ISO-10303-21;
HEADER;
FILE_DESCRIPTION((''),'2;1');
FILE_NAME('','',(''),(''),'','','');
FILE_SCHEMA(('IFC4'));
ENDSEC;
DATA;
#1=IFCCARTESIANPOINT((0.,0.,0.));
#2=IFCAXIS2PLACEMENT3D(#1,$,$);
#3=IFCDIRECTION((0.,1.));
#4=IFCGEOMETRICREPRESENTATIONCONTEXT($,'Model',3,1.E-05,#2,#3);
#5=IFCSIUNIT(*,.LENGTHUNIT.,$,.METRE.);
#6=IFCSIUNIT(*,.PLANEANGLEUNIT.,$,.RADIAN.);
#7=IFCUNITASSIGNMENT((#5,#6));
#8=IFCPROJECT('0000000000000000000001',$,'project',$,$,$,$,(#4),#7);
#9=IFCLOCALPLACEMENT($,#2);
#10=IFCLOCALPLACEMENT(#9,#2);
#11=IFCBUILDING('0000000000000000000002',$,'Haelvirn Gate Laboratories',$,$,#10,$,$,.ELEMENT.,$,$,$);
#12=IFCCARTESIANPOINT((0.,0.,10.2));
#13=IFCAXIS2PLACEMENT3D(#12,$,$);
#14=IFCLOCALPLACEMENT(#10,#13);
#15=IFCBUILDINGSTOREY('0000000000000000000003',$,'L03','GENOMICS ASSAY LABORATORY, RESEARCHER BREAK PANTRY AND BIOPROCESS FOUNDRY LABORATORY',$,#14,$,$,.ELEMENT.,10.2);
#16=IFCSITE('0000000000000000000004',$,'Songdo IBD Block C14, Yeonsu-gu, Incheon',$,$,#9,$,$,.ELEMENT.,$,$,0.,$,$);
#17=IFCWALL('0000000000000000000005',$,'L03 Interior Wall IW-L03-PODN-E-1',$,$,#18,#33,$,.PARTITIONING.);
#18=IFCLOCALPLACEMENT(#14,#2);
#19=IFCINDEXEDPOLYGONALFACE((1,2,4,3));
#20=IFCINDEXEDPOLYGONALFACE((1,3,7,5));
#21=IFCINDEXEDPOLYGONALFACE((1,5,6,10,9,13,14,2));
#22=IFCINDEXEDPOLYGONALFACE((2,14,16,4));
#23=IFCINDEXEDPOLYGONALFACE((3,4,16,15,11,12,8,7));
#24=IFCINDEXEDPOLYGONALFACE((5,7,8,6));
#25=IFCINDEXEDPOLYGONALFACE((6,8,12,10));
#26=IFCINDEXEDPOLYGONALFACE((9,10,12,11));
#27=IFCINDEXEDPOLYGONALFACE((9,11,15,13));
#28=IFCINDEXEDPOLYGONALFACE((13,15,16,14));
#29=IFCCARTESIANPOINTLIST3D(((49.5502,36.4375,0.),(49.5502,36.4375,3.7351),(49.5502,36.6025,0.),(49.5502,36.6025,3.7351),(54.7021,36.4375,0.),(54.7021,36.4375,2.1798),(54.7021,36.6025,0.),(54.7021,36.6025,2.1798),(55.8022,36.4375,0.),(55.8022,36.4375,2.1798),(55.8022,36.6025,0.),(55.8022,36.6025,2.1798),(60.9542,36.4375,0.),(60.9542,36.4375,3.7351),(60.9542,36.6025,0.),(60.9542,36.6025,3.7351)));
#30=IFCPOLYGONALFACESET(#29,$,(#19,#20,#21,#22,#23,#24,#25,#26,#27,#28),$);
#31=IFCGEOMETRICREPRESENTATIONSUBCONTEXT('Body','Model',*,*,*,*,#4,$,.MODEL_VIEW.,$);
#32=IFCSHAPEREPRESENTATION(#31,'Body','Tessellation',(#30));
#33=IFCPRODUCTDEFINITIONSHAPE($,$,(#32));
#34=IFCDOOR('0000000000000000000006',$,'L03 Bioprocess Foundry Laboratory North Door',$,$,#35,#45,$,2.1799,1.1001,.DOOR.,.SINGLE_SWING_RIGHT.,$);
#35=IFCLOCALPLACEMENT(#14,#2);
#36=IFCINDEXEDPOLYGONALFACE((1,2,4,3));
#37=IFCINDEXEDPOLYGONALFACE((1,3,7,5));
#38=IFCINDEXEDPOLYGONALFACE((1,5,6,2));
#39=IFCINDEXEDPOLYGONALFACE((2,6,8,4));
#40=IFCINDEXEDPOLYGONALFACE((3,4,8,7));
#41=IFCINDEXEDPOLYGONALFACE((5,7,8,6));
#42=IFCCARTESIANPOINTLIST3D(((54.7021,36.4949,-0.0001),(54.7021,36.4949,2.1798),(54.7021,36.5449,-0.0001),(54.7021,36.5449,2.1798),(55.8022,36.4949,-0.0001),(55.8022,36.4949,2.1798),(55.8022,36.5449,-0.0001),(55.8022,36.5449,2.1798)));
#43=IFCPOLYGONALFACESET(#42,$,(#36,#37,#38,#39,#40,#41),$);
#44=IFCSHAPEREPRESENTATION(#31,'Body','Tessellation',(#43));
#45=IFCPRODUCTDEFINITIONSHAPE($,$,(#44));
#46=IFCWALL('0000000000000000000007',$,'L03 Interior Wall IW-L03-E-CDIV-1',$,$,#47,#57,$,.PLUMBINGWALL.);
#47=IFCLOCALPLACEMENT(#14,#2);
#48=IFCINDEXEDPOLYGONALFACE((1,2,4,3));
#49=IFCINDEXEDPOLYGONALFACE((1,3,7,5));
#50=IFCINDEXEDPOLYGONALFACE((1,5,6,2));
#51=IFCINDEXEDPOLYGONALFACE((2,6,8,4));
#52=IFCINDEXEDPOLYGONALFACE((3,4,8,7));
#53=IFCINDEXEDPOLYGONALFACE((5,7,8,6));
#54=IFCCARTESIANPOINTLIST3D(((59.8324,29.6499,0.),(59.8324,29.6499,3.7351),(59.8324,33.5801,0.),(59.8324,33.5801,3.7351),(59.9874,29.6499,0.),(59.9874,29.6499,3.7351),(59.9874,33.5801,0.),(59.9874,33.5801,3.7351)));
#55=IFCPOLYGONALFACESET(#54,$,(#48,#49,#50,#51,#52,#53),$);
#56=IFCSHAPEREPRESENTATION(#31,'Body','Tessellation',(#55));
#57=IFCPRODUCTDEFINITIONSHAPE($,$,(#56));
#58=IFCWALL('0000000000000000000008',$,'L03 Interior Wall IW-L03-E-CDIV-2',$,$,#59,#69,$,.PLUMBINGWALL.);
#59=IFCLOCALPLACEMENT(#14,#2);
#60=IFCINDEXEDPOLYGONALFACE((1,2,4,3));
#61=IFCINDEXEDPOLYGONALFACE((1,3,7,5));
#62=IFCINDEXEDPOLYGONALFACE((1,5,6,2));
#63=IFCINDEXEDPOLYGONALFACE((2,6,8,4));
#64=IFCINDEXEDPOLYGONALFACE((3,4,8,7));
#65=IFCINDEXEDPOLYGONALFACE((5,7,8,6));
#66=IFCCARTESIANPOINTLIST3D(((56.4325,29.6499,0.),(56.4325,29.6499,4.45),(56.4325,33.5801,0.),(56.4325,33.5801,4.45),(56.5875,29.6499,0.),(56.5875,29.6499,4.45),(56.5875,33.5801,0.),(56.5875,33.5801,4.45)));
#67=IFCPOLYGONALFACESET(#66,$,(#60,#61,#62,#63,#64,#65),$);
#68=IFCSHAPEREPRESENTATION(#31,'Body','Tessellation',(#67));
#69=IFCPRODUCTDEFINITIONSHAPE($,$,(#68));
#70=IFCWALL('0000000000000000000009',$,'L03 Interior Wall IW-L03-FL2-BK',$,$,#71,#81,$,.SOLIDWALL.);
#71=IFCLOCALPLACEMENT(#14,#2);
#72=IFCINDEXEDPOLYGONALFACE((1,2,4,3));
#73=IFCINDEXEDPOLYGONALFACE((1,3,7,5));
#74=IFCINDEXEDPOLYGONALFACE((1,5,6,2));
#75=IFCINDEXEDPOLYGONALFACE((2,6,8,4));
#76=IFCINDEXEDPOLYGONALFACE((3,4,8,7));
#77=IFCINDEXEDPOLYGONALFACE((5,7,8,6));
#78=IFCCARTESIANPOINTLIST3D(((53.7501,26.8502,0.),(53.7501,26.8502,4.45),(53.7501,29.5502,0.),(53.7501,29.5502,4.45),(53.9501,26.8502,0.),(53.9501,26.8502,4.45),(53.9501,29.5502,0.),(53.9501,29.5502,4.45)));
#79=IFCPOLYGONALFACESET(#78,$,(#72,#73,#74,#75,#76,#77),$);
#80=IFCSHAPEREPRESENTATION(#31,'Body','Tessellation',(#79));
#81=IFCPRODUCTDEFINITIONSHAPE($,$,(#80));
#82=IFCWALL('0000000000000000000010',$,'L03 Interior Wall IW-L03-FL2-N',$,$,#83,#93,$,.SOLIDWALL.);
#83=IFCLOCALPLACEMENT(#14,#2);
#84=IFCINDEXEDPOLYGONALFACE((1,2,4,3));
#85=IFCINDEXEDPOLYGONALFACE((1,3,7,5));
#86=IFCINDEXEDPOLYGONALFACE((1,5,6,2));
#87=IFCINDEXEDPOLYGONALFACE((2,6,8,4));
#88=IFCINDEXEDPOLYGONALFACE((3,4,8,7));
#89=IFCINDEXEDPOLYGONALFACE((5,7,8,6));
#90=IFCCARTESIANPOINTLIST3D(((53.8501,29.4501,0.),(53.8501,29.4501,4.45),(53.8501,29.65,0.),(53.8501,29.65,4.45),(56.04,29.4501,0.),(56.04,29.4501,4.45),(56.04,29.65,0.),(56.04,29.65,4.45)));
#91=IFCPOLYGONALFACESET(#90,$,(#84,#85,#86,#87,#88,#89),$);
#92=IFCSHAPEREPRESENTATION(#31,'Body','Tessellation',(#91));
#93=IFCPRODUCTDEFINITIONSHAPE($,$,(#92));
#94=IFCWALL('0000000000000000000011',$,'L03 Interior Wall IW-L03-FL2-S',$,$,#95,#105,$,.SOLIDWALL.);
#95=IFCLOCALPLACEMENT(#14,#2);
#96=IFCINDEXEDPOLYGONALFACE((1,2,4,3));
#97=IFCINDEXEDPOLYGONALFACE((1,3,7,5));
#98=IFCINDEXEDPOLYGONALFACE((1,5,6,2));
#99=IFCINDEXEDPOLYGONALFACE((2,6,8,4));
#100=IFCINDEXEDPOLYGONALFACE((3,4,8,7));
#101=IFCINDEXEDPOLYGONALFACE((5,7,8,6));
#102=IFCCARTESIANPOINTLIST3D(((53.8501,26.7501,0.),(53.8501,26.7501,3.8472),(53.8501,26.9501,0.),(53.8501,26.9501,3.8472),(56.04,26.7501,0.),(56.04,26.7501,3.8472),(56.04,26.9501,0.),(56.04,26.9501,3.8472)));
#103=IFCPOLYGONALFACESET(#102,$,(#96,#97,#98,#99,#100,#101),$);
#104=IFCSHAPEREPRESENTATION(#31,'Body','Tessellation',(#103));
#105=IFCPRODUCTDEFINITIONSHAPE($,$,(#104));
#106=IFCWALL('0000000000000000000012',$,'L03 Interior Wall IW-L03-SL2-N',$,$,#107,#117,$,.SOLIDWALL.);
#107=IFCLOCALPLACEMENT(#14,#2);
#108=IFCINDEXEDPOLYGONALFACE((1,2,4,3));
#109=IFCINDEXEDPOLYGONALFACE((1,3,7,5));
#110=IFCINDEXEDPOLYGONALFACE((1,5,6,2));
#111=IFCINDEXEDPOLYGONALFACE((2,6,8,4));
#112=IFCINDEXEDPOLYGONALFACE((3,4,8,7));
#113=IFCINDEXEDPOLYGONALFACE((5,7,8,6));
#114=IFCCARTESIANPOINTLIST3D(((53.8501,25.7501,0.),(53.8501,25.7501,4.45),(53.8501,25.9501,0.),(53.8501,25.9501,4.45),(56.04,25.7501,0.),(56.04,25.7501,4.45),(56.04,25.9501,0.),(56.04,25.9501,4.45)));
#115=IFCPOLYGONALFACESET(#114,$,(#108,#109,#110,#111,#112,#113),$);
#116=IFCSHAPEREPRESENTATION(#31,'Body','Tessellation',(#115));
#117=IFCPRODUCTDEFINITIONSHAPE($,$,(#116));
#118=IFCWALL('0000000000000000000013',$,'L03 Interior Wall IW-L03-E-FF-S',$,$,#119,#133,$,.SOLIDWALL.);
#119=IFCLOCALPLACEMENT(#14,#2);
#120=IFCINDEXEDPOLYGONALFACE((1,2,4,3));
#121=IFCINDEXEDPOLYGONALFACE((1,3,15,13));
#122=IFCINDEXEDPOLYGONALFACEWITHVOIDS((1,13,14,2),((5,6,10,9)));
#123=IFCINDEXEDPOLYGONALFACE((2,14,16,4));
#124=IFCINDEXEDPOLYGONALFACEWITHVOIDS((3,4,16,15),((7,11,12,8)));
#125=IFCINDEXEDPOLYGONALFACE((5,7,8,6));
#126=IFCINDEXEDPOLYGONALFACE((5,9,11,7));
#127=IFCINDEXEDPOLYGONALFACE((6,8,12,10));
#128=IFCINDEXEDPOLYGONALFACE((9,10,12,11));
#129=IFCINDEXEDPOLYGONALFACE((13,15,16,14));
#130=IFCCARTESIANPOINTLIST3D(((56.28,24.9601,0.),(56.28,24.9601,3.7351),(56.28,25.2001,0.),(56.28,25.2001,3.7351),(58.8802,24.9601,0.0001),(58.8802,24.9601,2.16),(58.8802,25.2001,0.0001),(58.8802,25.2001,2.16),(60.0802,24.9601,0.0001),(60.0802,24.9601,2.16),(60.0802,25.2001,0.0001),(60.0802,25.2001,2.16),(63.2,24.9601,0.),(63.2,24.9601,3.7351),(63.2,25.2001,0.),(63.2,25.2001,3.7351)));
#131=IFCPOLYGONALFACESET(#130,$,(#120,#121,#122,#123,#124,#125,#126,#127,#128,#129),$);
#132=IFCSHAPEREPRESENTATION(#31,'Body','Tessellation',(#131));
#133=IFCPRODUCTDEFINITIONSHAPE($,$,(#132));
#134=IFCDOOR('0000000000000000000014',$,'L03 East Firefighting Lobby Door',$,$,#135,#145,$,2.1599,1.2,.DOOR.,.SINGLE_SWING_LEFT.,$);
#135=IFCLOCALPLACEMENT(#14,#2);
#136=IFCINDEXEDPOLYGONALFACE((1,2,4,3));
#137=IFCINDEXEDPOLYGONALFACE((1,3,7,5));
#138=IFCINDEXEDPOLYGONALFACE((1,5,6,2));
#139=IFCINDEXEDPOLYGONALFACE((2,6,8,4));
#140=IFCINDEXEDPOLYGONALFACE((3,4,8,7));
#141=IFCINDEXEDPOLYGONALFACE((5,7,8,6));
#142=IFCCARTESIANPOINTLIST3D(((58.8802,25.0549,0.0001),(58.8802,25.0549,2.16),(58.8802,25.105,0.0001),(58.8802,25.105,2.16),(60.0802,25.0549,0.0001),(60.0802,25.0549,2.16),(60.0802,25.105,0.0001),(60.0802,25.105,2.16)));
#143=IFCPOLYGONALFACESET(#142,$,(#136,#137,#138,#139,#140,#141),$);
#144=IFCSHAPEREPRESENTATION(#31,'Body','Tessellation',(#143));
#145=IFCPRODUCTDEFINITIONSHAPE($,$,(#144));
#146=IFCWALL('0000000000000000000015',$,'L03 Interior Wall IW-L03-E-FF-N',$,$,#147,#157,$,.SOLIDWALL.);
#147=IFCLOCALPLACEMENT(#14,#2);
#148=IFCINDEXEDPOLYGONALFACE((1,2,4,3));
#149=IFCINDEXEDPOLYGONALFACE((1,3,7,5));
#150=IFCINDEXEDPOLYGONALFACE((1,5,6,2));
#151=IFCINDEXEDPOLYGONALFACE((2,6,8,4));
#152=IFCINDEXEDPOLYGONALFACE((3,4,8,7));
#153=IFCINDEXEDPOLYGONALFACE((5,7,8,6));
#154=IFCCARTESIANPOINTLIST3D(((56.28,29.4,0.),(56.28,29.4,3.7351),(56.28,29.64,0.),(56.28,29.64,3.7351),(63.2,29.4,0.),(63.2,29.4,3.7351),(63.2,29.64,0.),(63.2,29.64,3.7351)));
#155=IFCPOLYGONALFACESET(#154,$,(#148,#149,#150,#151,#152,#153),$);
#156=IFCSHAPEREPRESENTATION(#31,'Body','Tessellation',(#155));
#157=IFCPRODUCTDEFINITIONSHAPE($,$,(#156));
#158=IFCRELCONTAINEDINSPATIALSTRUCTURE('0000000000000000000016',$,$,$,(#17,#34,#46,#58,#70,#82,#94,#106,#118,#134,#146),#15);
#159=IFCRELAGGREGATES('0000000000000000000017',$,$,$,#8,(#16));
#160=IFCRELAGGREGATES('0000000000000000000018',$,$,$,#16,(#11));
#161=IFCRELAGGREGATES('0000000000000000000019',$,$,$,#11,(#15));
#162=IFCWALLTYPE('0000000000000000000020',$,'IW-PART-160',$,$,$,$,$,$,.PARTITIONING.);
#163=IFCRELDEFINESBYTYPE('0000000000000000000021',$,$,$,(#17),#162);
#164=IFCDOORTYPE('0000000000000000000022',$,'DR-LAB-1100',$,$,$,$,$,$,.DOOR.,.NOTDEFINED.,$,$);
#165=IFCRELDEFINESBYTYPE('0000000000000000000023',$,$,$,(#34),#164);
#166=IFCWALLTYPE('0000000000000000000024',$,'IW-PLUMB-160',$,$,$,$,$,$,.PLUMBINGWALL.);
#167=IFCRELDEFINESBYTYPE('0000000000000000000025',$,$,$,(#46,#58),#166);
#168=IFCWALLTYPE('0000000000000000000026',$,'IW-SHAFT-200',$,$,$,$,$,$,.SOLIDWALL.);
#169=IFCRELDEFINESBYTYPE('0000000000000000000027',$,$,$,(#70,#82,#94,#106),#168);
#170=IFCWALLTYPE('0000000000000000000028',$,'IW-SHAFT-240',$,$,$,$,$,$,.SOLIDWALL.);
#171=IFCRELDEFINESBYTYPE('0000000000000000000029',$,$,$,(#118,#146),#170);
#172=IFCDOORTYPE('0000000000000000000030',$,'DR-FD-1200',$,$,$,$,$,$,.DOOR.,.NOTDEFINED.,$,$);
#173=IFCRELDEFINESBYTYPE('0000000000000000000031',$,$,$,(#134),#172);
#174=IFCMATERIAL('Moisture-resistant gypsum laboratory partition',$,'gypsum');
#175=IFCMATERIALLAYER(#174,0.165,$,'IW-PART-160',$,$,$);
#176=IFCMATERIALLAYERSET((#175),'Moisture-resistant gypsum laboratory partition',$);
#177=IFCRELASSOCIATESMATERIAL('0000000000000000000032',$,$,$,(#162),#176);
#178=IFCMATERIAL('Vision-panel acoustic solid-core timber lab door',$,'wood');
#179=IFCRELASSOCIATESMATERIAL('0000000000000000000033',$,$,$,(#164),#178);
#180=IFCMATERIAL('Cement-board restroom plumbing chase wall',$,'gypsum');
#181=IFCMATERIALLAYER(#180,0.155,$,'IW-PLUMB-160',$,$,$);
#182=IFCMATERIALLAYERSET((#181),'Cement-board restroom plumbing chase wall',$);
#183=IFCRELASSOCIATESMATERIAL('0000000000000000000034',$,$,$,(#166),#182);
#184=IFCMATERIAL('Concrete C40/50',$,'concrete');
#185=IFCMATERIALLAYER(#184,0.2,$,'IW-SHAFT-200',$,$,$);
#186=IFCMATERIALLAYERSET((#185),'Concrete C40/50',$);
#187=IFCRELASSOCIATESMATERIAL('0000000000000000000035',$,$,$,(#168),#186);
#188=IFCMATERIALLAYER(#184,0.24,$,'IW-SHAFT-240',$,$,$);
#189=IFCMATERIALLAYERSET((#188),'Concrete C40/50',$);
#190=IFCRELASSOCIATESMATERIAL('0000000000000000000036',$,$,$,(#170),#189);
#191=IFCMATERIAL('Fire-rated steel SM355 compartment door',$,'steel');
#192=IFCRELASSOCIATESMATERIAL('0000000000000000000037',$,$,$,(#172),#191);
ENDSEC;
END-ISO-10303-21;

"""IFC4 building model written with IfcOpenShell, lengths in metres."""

from ifc_helpers import new_model, si_unit, direction, frame, frame_2d, origin, place, context, subcontext, project, spatial, rectangle, extrude, source, transform, mapped, material, layer, layer_set, type_object, type_shapes, element, fill, save


model = new_model("IFC4")

# Units and contexts
model_context = context("Model", 3, precision=1e-05, world=origin(), true_north=direction((0.0, 1.0)))
body_context = subcontext(model_context, "Body", "Model", "MODEL_VIEW")
ifc_project = project(units=[si_unit("LENGTHUNIT", "METRE"), si_unit("PLANEANGLEUNIT", "RADIAN")], contexts=[model_context])

# Site, building, storey
site_placement = place(None, origin())
site = spatial("IfcSite", under=ifc_project, at=site_placement, Name="Songdo IBD Block C14, Yeonsu-gu, Incheon", CompositionType="ELEMENT", RefElevation=0.0)
building_placement = place(site_placement, origin())
building = spatial("IfcBuilding", under=site, at=building_placement, Name="Haelvirn Gate Laboratories", CompositionType="ELEMENT")
storey_placement = place(building_placement, frame((0.0, 0.0, 10.2)))
storey = spatial("IfcBuildingStorey", under=building, at=storey_placement, Name="L03", Description="GENOMICS ASSAY LABORATORY, RESEARCHER BREAK PANTRY AND BIOPROCESS FOUNDRY LABORATORY", CompositionType="ELEMENT", Elevation=10.2)

# Wall, opening, door
ifc_material_1 = material(Name="Moisture-resistant gypsum laboratory partition", Category="gypsum")
ifc_layer_1 = layer(ifc_material_1, 0.165, Name="IW-PART-160")
ifc_layer_set_1 = layer_set([ifc_layer_1], Name="Moisture-resistant gypsum laboratory partition")
wall_type_1 = type_object("IfcWallType", Name="IW-PART-160", PredefinedType="PARTITIONING", material=ifc_layer_set_1)
wall_1_placement = place(storey_placement, frame((49.55, 36.52, 0.0), z_axis=(0.0, 0.0, 1.0), x_axis=(1.0, 0.0, 0.0)))
wall_1 = element("IfcWall", 1, at=wall_1_placement, inside=storey, type_object=wall_type_1, Name="L03 Interior Wall IW-L03-PODN-E-1", PredefinedType="PARTITIONING", context=body_context, shape_type="SweptSolid", body=[
    extrude(rectangle(XDim=11.4041, YDim=0.165, at=frame_2d((5.7021, 0.0))), origin(), (0.0, 0.0, 1.0), 3.7351),
])
opening_1_placement = place(wall_1_placement, frame((5.1521, 0.0, 0.0)))
opening_1 = element("IfcOpeningElement", 2, at=opening_1_placement, cuts=wall_1, PredefinedType="OPENING", context=body_context, shape_type="SweptSolid", body=[
    extrude(rectangle(XDim=1.1001, YDim=2.1799, at=frame_2d((0.55, 1.0898))), frame((0.0, 0.0925, 0.0), z_axis=(0.0, -1.0, 0.0), x_axis=(1.0, 0.0, 0.0)), (0.0, 0.0, 1.0), 0.1851),
])
ifc_material_2 = material(Name="Vision-panel acoustic solid-core timber lab door", Category="wood")
door_type_1 = type_object("IfcDoorType", Name="DR-LAB-1100", OperationType="NOTDEFINED", PredefinedType="DOOR", material=ifc_material_2)
shared_shape_1 = source(origin(), body_context, "Body", "SweptSolid", [
    extrude(rectangle(XDim=1.1001, YDim=2.1799, at=frame_2d((0.55, 1.0898))), frame((0.0, 0.0249, 0.0), z_axis=(0.0, -1.0, 0.0), x_axis=(1.0, 0.0, 0.0)), (0.0, 0.0, 1.0), 0.05),
])
type_shapes(door_type_1, [shared_shape_1])
door_1_placement = place(opening_1_placement, origin())
door_1 = element("IfcDoor", 3, at=door_1_placement, inside=storey, type_object=door_type_1, Name="L03 Bioprocess Foundry Laboratory North Door", OperationType="SINGLE_SWING_RIGHT", OverallHeight=2.1799, OverallWidth=1.1001, PredefinedType="DOOR", context=body_context, shape_type="MappedRepresentation", body=[
    mapped(shared_shape_1, transform((0.0, 0.0, 0.0), scale=1.0)),
])
fill(opening_1, door_1)

# Walls
ifc_material_3 = material(Name="Cement-board restroom plumbing chase wall", Category="gypsum")
ifc_layer_2 = layer(ifc_material_3, 0.155, Name="IW-PLUMB-160")
ifc_layer_set_2 = layer_set([ifc_layer_2], Name="Cement-board restroom plumbing chase wall")
wall_type_2 = type_object("IfcWallType", Name="IW-PLUMB-160", PredefinedType="PLUMBINGWALL", material=ifc_layer_set_2)
wall_2_placement = place(storey_placement, frame((59.9099, 29.6499, 0.0), z_axis=(0.0, 0.0, 1.0), x_axis=(0.0, 1.0, 0.0)))
element("IfcWall", 4, at=wall_2_placement, inside=storey, type_object=wall_type_2, Name="L03 Interior Wall IW-L03-E-CDIV-1", PredefinedType="PLUMBINGWALL", context=body_context, shape_type="SweptSolid", body=[
    extrude(rectangle(XDim=3.9302, YDim=0.155, at=frame_2d((1.9651, 0.0))), origin(), (0.0, 0.0, 1.0), 3.7351),
])
wall_3_placement = place(storey_placement, frame((56.51, 29.6499, 0.0), z_axis=(0.0, 0.0, 1.0), x_axis=(0.0, 1.0, 0.0)))
element("IfcWall", 5, at=wall_3_placement, inside=storey, type_object=wall_type_2, Name="L03 Interior Wall IW-L03-E-CDIV-2", PredefinedType="PLUMBINGWALL", context=body_context, shape_type="SweptSolid", body=[
    extrude(rectangle(XDim=3.9302, YDim=0.155, at=frame_2d((1.9651, 0.0))), origin(), (0.0, 0.0, 1.0), 4.45),
])
ifc_material_4 = material(Name="Concrete C40/50", Category="concrete")
ifc_layer_3 = layer(ifc_material_4, 0.2, Name="IW-SHAFT-200")
ifc_layer_set_3 = layer_set([ifc_layer_3], Name="Concrete C40/50")
wall_type_3 = type_object("IfcWallType", Name="IW-SHAFT-200", PredefinedType="SOLIDWALL", material=ifc_layer_set_3)
wall_4_placement = place(storey_placement, frame((53.8501, 26.8501, 0.0), z_axis=(0.0, 0.0, 1.0), x_axis=(0.0, 1.0, 0.0)))
element("IfcWall", 6, at=wall_4_placement, inside=storey, type_object=wall_type_3, Name="L03 Interior Wall IW-L03-FL2-BK", PredefinedType="SOLIDWALL", context=body_context, shape_type="SweptSolid", body=[
    extrude(rectangle(XDim=2.7, YDim=0.2, at=frame_2d((1.3501, 0.0))), origin(), (0.0, 0.0, 1.0), 4.45),
])
wall_5_placement = place(storey_placement, frame((53.8501, 29.55, 0.0), z_axis=(0.0, 0.0, 1.0), x_axis=(1.0, 0.0, 0.0)))
element("IfcWall", 7, at=wall_5_placement, inside=storey, type_object=wall_type_3, Name="L03 Interior Wall IW-L03-FL2-N", PredefinedType="SOLIDWALL", context=body_context, shape_type="SweptSolid", body=[
    extrude(rectangle(XDim=2.1899, YDim=0.2, at=frame_2d((1.095, 0.0))), origin(), (0.0, 0.0, 1.0), 4.45),
])
wall_6_placement = place(storey_placement, frame((53.8501, 26.8501, 0.0), z_axis=(0.0, 0.0, 1.0), x_axis=(1.0, 0.0, 0.0)))
element("IfcWall", 8, at=wall_6_placement, inside=storey, type_object=wall_type_3, Name="L03 Interior Wall IW-L03-FL2-S", PredefinedType="SOLIDWALL", context=body_context, shape_type="SweptSolid", body=[
    extrude(rectangle(XDim=2.1899, YDim=0.2, at=frame_2d((1.095, 0.0))), origin(), (0.0, 0.0, 1.0), 3.8472),
])
wall_7_placement = place(storey_placement, frame((53.8501, 25.8501, 0.0), z_axis=(0.0, 0.0, 1.0), x_axis=(1.0, 0.0, 0.0)))
element("IfcWall", 9, at=wall_7_placement, inside=storey, type_object=wall_type_3, Name="L03 Interior Wall IW-L03-SL2-N", PredefinedType="SOLIDWALL", context=body_context, shape_type="SweptSolid", body=[
    extrude(rectangle(XDim=2.1899, YDim=0.2, at=frame_2d((1.095, 0.0))), origin(), (0.0, 0.0, 1.0), 4.45),
])

# Wall, opening, door
ifc_layer_4 = layer(ifc_material_4, 0.24, Name="IW-SHAFT-240")
ifc_layer_set_4 = layer_set([ifc_layer_4], Name="Concrete C40/50")
wall_type_4 = type_object("IfcWallType", Name="IW-SHAFT-240", PredefinedType="SOLIDWALL", material=ifc_layer_set_4)
wall_8_placement = place(storey_placement, frame((56.28, 25.0801, 0.0), z_axis=(0.0, 0.0, 1.0), x_axis=(1.0, 0.0, 0.0)))
wall_8 = element("IfcWall", 10, at=wall_8_placement, inside=storey, type_object=wall_type_4, Name="L03 Interior Wall IW-L03-E-FF-S", PredefinedType="SOLIDWALL", context=body_context, shape_type="SweptSolid", body=[
    extrude(rectangle(XDim=6.9199, YDim=0.24, at=frame_2d((3.46, 0.0))), origin(), (0.0, 0.0, 1.0), 3.7351),
])
opening_2_placement = place(wall_8_placement, frame((2.6001, 0.0, 0.0)))
opening_2 = element("IfcOpeningElement", 11, at=opening_2_placement, cuts=wall_8, PredefinedType="OPENING", context=body_context, shape_type="SweptSolid", body=[
    extrude(rectangle(XDim=1.2, YDim=2.1599, at=frame_2d((0.6001, 1.0801))), frame((0.0, 0.1299, 0.0), z_axis=(0.0, -1.0, 0.0), x_axis=(1.0, 0.0, 0.0)), (0.0, 0.0, 1.0), 0.26),
])
ifc_material_5 = material(Name="Fire-rated steel SM355 compartment door", Category="steel")
door_type_2 = type_object("IfcDoorType", Name="DR-FD-1200", OperationType="NOTDEFINED", PredefinedType="DOOR", material=ifc_material_5)
shared_shape_2 = source(origin(), body_context, "Body", "SweptSolid", [
    extrude(rectangle(XDim=1.2, YDim=2.1599, at=frame_2d((0.6001, 1.0801))), frame((0.0, 0.0249, 0.0), z_axis=(0.0, -1.0, 0.0), x_axis=(1.0, 0.0, 0.0)), (0.0, 0.0, 1.0), 0.05),
])
type_shapes(door_type_2, [shared_shape_2])
door_2_placement = place(opening_2_placement, origin())
door_2 = element("IfcDoor", 12, at=door_2_placement, inside=storey, type_object=door_type_2, Name="L03 East Firefighting Lobby Door", OperationType="SINGLE_SWING_LEFT", OverallHeight=2.1599, OverallWidth=1.2, PredefinedType="DOOR", context=body_context, shape_type="MappedRepresentation", body=[
    mapped(shared_shape_2, transform((0.0, 0.0, 0.0), scale=1.0)),
])
fill(opening_2, door_2)

# Wall
wall_9_placement = place(storey_placement, frame((56.28, 29.52, 0.0), z_axis=(0.0, 0.0, 1.0), x_axis=(1.0, 0.0, 0.0)))
element("IfcWall", 13, at=wall_9_placement, inside=storey, type_object=wall_type_4, Name="L03 Interior Wall IW-L03-E-FF-N", PredefinedType="SOLIDWALL", context=body_context, shape_type="SweptSolid", body=[
    extrude(rectangle(XDim=6.9199, YDim=0.24, at=frame_2d((3.46, 0.0))), origin(), (0.0, 0.0, 1.0), 3.7351),
])

save(model, "model.ifc")
